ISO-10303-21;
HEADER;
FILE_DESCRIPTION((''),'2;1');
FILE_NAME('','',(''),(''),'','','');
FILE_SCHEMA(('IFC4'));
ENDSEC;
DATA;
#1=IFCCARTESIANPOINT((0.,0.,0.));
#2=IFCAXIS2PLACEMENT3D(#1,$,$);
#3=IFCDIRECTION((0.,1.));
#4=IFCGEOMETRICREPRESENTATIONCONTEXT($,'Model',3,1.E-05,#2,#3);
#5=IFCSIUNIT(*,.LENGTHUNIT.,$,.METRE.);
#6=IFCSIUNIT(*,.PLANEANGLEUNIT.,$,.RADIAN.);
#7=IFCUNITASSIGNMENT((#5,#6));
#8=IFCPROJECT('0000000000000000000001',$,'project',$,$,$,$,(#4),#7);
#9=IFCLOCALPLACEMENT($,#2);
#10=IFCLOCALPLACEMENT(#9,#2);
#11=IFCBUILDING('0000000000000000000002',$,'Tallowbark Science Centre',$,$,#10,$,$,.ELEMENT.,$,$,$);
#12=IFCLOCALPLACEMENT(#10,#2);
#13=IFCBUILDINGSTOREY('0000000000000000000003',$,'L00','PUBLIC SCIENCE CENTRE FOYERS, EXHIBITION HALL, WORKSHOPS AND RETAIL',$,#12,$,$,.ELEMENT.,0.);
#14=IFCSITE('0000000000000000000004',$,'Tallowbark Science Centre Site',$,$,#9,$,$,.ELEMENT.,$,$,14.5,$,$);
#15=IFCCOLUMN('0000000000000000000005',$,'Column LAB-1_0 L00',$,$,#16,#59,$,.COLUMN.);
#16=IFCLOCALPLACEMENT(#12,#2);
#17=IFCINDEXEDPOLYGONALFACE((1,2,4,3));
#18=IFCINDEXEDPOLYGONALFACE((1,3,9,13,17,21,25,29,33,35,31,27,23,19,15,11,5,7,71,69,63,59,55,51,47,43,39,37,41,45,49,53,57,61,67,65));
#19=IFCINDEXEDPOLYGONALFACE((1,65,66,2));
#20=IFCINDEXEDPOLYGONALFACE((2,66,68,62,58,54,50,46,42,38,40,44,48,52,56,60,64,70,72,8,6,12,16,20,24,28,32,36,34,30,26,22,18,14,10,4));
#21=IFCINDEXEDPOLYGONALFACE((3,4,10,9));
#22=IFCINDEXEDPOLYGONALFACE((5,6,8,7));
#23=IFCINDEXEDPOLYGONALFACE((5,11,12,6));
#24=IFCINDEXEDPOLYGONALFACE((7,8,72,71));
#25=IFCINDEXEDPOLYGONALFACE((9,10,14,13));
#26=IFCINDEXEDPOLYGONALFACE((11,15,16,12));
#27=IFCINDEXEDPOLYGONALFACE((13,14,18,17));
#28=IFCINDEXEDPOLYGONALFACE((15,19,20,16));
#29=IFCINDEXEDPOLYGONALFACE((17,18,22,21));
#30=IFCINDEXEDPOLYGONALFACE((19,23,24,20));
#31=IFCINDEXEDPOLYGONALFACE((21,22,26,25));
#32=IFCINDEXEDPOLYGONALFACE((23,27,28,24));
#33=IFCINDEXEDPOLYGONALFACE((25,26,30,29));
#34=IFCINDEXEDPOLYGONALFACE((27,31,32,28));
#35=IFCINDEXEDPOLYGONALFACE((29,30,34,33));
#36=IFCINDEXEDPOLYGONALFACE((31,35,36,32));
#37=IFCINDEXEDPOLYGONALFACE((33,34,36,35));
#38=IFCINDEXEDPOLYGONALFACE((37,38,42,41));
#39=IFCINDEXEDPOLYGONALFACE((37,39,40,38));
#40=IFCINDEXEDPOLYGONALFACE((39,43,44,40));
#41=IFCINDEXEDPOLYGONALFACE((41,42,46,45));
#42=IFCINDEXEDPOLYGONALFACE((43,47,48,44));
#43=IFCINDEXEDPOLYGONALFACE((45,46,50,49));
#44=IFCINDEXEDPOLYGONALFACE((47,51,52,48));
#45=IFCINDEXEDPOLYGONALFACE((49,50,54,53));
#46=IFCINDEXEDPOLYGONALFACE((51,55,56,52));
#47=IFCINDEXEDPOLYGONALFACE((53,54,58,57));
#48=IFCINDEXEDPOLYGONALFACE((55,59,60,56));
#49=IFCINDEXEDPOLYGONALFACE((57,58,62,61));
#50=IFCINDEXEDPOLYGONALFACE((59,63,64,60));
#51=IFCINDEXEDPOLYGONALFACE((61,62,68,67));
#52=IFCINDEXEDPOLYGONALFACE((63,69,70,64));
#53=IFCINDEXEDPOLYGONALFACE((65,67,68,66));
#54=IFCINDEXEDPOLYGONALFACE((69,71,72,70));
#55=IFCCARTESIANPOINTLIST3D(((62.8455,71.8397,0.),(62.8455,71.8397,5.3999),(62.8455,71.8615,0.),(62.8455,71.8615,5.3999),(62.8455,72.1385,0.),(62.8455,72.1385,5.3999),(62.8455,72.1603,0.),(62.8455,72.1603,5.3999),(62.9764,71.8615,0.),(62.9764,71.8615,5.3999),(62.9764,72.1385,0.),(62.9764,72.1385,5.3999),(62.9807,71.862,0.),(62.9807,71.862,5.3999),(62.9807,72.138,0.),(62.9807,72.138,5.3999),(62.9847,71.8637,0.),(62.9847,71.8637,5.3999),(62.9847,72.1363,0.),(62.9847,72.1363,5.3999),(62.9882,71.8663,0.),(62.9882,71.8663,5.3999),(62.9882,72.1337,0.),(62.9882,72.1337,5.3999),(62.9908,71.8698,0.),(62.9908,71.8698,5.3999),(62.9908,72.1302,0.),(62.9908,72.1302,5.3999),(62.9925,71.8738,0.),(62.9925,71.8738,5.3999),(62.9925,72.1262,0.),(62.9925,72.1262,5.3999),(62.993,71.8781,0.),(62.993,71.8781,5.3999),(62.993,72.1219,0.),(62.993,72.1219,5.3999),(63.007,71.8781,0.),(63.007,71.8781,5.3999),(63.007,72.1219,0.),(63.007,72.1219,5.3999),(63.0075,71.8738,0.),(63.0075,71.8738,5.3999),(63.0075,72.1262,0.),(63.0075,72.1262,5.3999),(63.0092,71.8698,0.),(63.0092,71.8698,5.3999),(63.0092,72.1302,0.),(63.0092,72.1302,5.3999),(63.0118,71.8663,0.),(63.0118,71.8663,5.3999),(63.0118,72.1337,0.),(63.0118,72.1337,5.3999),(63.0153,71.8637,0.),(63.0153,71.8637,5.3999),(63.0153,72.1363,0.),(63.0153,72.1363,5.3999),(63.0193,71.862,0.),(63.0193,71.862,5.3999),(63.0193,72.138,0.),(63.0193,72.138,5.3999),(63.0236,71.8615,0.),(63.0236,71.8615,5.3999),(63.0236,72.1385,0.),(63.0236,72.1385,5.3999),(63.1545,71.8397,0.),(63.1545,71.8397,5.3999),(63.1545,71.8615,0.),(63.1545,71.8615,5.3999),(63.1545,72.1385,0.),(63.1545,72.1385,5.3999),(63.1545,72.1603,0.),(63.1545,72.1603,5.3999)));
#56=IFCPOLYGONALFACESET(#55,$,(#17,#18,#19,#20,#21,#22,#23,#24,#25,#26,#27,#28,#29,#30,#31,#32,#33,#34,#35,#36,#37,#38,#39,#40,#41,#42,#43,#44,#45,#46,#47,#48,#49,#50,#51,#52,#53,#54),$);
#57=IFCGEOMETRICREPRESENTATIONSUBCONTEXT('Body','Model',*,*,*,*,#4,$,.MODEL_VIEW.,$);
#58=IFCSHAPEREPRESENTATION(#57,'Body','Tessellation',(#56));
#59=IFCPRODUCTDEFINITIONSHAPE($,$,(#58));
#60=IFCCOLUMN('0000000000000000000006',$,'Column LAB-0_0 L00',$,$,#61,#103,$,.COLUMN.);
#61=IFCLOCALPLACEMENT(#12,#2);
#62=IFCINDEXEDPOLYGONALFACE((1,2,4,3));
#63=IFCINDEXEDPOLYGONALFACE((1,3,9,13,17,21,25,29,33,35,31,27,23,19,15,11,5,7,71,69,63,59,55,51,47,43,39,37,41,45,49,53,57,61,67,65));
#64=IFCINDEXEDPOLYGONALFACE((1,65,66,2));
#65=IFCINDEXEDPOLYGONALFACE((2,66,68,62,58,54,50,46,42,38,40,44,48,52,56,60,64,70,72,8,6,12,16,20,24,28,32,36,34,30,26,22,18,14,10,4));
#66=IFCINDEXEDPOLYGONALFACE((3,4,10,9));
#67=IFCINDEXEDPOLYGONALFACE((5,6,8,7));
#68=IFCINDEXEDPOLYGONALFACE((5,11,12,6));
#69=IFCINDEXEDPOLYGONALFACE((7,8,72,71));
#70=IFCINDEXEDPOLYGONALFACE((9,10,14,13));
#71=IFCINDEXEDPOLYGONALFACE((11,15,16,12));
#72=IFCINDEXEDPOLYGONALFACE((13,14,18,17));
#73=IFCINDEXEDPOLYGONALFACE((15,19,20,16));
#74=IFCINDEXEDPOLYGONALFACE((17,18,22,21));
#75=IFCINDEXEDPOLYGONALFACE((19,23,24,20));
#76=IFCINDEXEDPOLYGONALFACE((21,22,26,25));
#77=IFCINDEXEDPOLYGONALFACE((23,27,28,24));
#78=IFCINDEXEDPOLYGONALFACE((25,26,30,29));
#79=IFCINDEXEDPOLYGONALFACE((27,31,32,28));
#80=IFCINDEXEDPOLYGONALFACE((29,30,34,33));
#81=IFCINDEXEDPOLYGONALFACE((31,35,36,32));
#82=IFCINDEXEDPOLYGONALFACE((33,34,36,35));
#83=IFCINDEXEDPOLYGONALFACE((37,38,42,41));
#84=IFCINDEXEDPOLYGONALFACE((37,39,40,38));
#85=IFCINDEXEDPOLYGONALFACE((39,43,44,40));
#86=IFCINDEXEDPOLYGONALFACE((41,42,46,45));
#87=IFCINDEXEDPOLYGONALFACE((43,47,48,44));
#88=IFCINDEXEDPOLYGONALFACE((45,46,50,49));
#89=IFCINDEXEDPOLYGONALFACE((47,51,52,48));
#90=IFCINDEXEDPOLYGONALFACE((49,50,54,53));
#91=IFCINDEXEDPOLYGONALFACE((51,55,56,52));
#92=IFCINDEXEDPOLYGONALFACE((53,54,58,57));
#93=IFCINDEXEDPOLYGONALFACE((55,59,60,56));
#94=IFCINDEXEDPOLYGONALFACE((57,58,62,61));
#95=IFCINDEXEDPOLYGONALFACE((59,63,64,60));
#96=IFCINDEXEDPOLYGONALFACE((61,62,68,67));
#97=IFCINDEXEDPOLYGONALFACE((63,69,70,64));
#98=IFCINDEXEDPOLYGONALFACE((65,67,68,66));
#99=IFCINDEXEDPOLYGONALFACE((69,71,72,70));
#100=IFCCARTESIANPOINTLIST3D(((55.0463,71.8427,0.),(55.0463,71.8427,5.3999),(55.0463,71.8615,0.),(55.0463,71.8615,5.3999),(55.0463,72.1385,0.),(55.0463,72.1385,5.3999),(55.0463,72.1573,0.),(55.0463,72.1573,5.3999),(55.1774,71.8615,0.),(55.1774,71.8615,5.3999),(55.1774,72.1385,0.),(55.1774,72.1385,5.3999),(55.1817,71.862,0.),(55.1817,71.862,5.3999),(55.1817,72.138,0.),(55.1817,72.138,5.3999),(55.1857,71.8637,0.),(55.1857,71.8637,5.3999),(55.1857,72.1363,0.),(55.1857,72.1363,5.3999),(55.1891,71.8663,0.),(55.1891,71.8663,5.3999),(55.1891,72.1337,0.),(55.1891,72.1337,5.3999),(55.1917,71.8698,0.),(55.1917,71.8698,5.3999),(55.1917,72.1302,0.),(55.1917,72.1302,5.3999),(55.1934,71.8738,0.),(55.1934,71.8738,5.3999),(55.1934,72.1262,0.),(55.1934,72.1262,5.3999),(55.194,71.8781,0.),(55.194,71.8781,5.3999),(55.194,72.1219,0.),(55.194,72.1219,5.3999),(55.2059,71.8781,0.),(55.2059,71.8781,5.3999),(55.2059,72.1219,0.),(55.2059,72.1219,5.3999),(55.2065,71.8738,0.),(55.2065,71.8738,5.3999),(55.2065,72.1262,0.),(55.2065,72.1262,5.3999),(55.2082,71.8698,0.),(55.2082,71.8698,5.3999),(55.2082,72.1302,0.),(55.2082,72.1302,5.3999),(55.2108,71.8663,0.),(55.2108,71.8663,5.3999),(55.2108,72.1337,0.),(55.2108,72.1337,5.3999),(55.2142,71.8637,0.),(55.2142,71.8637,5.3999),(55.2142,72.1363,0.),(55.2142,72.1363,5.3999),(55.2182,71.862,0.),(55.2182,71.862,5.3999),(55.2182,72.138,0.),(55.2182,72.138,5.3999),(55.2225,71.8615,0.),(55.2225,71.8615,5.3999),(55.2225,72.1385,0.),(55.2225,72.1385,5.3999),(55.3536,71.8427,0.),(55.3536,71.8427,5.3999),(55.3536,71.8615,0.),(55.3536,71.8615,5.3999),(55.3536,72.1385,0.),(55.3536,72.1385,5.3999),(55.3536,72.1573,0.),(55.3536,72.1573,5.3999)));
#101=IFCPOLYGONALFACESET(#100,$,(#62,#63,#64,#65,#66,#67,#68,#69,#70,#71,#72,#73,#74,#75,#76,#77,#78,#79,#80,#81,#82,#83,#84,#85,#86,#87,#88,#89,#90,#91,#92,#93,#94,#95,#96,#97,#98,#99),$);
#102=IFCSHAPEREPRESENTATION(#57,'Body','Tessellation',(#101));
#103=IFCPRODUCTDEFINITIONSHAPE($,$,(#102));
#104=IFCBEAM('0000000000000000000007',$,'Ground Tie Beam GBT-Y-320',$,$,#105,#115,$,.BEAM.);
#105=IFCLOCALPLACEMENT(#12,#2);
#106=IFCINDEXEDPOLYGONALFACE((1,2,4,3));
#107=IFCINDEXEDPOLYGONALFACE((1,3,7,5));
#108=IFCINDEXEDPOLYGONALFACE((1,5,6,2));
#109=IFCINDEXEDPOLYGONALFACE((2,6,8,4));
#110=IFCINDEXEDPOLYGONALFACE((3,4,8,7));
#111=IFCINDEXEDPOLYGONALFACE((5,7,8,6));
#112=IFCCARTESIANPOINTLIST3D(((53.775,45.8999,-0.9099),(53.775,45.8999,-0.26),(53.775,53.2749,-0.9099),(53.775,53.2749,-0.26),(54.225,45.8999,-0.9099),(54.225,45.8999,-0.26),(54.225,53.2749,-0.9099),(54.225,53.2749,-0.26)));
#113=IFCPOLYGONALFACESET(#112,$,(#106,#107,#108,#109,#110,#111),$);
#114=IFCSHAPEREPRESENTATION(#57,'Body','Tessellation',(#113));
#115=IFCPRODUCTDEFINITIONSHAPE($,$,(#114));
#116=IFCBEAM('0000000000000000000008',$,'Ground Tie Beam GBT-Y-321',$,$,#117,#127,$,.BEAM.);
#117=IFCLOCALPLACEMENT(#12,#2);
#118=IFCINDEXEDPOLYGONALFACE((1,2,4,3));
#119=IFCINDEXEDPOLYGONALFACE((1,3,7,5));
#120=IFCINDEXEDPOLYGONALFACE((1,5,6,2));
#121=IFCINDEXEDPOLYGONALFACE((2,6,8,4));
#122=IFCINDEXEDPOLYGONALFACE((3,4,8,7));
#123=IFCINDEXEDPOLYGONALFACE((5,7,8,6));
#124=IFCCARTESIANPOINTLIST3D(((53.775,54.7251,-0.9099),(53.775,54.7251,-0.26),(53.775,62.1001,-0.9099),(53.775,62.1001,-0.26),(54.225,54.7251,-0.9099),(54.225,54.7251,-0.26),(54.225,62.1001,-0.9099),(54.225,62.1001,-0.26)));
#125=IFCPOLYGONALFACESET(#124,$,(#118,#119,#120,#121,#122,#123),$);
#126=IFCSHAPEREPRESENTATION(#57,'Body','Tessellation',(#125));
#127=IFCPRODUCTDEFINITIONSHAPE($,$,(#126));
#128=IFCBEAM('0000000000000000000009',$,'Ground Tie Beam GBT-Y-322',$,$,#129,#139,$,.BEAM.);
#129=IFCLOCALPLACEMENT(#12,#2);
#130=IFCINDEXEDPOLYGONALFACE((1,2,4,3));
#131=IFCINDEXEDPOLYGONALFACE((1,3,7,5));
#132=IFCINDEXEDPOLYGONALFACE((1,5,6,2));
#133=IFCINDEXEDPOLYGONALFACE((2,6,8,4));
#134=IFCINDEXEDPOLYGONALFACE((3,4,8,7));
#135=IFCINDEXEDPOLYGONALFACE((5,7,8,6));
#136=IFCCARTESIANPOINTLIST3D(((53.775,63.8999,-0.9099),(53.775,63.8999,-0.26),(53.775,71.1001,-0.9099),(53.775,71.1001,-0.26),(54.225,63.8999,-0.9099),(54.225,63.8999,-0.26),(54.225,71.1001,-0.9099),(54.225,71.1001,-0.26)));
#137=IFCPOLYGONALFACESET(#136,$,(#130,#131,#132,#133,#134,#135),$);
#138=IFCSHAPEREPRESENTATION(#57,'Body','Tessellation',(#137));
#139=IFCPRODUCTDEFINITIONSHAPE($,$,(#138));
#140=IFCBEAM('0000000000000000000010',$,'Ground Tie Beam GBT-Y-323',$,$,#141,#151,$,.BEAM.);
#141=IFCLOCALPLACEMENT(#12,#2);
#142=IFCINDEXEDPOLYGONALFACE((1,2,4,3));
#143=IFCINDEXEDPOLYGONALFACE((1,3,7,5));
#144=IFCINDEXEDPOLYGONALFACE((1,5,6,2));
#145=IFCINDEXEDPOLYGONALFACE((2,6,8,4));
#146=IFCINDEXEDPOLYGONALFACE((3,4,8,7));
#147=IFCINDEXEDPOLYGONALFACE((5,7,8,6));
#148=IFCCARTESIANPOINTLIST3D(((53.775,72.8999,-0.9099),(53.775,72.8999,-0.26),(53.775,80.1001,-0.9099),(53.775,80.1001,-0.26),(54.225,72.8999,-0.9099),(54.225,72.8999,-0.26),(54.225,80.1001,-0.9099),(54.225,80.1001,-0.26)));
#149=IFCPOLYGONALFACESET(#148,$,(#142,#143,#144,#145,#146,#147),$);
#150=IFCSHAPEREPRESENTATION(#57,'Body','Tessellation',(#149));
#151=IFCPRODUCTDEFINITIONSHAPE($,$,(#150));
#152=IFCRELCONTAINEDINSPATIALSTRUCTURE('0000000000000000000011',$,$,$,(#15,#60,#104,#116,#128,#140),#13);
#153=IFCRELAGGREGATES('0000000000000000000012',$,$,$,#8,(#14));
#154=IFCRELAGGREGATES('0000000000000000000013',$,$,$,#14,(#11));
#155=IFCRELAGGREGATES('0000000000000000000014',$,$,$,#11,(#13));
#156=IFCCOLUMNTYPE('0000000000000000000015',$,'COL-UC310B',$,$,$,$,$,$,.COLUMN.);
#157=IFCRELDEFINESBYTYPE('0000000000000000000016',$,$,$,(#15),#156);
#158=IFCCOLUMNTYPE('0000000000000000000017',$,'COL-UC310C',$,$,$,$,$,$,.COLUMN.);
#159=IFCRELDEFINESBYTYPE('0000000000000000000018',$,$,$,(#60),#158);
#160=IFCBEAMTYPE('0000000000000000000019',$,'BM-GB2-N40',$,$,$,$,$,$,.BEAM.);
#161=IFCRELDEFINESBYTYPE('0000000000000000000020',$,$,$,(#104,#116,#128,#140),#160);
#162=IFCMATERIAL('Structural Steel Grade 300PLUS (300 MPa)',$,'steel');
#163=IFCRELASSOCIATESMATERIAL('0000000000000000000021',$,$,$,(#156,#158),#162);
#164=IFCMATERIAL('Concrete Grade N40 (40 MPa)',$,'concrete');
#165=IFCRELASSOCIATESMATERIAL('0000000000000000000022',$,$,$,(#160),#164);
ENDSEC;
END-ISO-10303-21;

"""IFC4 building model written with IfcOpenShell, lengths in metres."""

from ifc_helpers import new_model, si_unit, direction, frame, origin, origin_2d, place, context, subcontext, project, spatial, rectangle, i_section, extrude, material, material_profile, profile_set, type_object, element, save


model = new_model("IFC4")

# Units and contexts
model_context = context("Model", 3, precision=1e-05, world=origin(), true_north=direction((0.0, 1.0)))
body_context = subcontext(model_context, "Body", "Model", "MODEL_VIEW")
ifc_project = project(units=[si_unit("LENGTHUNIT", "METRE"), si_unit("PLANEANGLEUNIT", "RADIAN")], contexts=[model_context])

# Site, building, storey
site_placement = place(None, origin())
site = spatial("IfcSite", under=ifc_project, at=site_placement, Name="Tallowbark Science Centre Site", CompositionType="ELEMENT", RefElevation=14.5)
building_placement = place(site_placement, origin())
building = spatial("IfcBuilding", under=site, at=building_placement, Name="Tallowbark Science Centre", CompositionType="ELEMENT")
storey_placement = place(building_placement, origin())
storey = spatial("IfcBuildingStorey", under=building, at=storey_placement, Name="L00", Description="PUBLIC SCIENCE CENTRE FOYERS, EXHIBITION HALL, WORKSHOPS AND RETAIL", CompositionType="ELEMENT", Elevation=0.0)

# Shared definitions
ifc_material_1 = material(Name="Concrete Grade N40 (40 MPa)", Category="concrete")

# Columns
ifc_material_2 = material(Name="Structural Steel Grade 300PLUS (300 MPa)", Category="steel")
ifc_material_profile_1 = material_profile(ifc_material_2, i_section(OverallWidth=0.3091, OverallDepth=0.3206, WebThickness=0.0139, FlangeThickness=0.0217, FilletRadius=0.0166, at=origin_2d()), Name="310UC137")
ifc_profile_set_1 = profile_set([ifc_material_profile_1], Name="Structural Steel Grade 300PLUS (300 MPa)")
column_type_1 = type_object("IfcColumnType", Name="COL-UC310B", PredefinedType="COLUMN", material=ifc_profile_set_1)
column_1_placement = place(storey_placement, frame((63.0, 72.0, 0.0), z_axis=(0.0, 0.0, 1.0), x_axis=(1.0, 0.0, 0.0)))
element("IfcColumn", 1, at=column_1_placement, inside=storey, type_object=column_type_1, Name="Column LAB-1_0 L00", PredefinedType="COLUMN", context=body_context, shape_type="SweptSolid", body=[
    extrude(i_section(OverallWidth=0.3091, OverallDepth=0.3206, WebThickness=0.0139, FlangeThickness=0.0217, FilletRadius=0.0166, at=origin_2d()), origin(), (0.0, 0.0, 1.0), 5.3999),
])
ifc_material_profile_2 = material_profile(ifc_material_2, i_section(OverallWidth=0.3074, OverallDepth=0.3147, WebThickness=0.012, FlangeThickness=0.0188, FilletRadius=0.0166, at=origin_2d()), Name="310UC118")
ifc_profile_set_2 = profile_set([ifc_material_profile_2], Name="Structural Steel Grade 300PLUS (300 MPa)")
column_type_2 = type_object("IfcColumnType", Name="COL-UC310C", PredefinedType="COLUMN", material=ifc_profile_set_2)
column_2_placement = place(storey_placement, frame((55.2, 72.0, 0.0), z_axis=(0.0, 0.0, 1.0), x_axis=(1.0, 0.0, 0.0)))
element("IfcColumn", 2, at=column_2_placement, inside=storey, type_object=column_type_2, Name="Column LAB-0_0 L00", PredefinedType="COLUMN", context=body_context, shape_type="SweptSolid", body=[
    extrude(i_section(OverallWidth=0.3074, OverallDepth=0.3147, WebThickness=0.012, FlangeThickness=0.0188, FilletRadius=0.0166, at=origin_2d()), origin(), (0.0, 0.0, 1.0), 5.3999),
])

# Beams
ifc_material_profile_3 = material_profile(ifc_material_1, rectangle(XDim=0.45, YDim=0.6499, at=origin_2d()), Name="RC450x650")
ifc_profile_set_3 = profile_set([ifc_material_profile_3], Name="Concrete Grade N40 (40 MPa)")
beam_type_1 = type_object("IfcBeamType", Name="BM-GB2-N40", PredefinedType="BEAM", material=ifc_profile_set_3)
for number, where, z_axis, x_axis, name in (
    (3, (54.0, 45.8999, -0.585), (0.0, 1.0, 0.0), (-1.0, 0.0, 0.0), "Ground Tie Beam GBT-Y-320"),
    (4, (54.0, 54.7251, -0.585), (0.0, 1.0, 0.0), (-1.0, 0.0, 0.0), "Ground Tie Beam GBT-Y-321"),
):
    element("IfcBeam", number, at=place(storey_placement, frame(where, z_axis=z_axis, x_axis=x_axis)), inside=storey, type_object=beam_type_1, Name=name, PredefinedType="BEAM", context=body_context, shape_type="SweptSolid", body=[
        extrude(rectangle(XDim=0.45, YDim=0.6499, at=origin_2d()), origin(), (0.0, 0.0, 1.0), 7.375),
    ])
for number, where, z_axis, x_axis, name in (
    (5, (54.0, 63.8999, -0.585), (0.0, 1.0, 0.0), (-1.0, 0.0, 0.0), "Ground Tie Beam GBT-Y-322"),
    (6, (54.0, 72.8999, -0.585), (0.0, 1.0, 0.0), (-1.0, 0.0, 0.0), "Ground Tie Beam GBT-Y-323"),
):
    element("IfcBeam", number, at=place(storey_placement, frame(where, z_axis=z_axis, x_axis=x_axis)), inside=storey, type_object=beam_type_1, Name=name, PredefinedType="BEAM", context=body_context, shape_type="SweptSolid", body=[
        extrude(rectangle(XDim=0.45, YDim=0.6499, at=origin_2d()), origin(), (0.0, 0.0, 1.0), 7.2002),
    ])

save(model, "model.ifc")
